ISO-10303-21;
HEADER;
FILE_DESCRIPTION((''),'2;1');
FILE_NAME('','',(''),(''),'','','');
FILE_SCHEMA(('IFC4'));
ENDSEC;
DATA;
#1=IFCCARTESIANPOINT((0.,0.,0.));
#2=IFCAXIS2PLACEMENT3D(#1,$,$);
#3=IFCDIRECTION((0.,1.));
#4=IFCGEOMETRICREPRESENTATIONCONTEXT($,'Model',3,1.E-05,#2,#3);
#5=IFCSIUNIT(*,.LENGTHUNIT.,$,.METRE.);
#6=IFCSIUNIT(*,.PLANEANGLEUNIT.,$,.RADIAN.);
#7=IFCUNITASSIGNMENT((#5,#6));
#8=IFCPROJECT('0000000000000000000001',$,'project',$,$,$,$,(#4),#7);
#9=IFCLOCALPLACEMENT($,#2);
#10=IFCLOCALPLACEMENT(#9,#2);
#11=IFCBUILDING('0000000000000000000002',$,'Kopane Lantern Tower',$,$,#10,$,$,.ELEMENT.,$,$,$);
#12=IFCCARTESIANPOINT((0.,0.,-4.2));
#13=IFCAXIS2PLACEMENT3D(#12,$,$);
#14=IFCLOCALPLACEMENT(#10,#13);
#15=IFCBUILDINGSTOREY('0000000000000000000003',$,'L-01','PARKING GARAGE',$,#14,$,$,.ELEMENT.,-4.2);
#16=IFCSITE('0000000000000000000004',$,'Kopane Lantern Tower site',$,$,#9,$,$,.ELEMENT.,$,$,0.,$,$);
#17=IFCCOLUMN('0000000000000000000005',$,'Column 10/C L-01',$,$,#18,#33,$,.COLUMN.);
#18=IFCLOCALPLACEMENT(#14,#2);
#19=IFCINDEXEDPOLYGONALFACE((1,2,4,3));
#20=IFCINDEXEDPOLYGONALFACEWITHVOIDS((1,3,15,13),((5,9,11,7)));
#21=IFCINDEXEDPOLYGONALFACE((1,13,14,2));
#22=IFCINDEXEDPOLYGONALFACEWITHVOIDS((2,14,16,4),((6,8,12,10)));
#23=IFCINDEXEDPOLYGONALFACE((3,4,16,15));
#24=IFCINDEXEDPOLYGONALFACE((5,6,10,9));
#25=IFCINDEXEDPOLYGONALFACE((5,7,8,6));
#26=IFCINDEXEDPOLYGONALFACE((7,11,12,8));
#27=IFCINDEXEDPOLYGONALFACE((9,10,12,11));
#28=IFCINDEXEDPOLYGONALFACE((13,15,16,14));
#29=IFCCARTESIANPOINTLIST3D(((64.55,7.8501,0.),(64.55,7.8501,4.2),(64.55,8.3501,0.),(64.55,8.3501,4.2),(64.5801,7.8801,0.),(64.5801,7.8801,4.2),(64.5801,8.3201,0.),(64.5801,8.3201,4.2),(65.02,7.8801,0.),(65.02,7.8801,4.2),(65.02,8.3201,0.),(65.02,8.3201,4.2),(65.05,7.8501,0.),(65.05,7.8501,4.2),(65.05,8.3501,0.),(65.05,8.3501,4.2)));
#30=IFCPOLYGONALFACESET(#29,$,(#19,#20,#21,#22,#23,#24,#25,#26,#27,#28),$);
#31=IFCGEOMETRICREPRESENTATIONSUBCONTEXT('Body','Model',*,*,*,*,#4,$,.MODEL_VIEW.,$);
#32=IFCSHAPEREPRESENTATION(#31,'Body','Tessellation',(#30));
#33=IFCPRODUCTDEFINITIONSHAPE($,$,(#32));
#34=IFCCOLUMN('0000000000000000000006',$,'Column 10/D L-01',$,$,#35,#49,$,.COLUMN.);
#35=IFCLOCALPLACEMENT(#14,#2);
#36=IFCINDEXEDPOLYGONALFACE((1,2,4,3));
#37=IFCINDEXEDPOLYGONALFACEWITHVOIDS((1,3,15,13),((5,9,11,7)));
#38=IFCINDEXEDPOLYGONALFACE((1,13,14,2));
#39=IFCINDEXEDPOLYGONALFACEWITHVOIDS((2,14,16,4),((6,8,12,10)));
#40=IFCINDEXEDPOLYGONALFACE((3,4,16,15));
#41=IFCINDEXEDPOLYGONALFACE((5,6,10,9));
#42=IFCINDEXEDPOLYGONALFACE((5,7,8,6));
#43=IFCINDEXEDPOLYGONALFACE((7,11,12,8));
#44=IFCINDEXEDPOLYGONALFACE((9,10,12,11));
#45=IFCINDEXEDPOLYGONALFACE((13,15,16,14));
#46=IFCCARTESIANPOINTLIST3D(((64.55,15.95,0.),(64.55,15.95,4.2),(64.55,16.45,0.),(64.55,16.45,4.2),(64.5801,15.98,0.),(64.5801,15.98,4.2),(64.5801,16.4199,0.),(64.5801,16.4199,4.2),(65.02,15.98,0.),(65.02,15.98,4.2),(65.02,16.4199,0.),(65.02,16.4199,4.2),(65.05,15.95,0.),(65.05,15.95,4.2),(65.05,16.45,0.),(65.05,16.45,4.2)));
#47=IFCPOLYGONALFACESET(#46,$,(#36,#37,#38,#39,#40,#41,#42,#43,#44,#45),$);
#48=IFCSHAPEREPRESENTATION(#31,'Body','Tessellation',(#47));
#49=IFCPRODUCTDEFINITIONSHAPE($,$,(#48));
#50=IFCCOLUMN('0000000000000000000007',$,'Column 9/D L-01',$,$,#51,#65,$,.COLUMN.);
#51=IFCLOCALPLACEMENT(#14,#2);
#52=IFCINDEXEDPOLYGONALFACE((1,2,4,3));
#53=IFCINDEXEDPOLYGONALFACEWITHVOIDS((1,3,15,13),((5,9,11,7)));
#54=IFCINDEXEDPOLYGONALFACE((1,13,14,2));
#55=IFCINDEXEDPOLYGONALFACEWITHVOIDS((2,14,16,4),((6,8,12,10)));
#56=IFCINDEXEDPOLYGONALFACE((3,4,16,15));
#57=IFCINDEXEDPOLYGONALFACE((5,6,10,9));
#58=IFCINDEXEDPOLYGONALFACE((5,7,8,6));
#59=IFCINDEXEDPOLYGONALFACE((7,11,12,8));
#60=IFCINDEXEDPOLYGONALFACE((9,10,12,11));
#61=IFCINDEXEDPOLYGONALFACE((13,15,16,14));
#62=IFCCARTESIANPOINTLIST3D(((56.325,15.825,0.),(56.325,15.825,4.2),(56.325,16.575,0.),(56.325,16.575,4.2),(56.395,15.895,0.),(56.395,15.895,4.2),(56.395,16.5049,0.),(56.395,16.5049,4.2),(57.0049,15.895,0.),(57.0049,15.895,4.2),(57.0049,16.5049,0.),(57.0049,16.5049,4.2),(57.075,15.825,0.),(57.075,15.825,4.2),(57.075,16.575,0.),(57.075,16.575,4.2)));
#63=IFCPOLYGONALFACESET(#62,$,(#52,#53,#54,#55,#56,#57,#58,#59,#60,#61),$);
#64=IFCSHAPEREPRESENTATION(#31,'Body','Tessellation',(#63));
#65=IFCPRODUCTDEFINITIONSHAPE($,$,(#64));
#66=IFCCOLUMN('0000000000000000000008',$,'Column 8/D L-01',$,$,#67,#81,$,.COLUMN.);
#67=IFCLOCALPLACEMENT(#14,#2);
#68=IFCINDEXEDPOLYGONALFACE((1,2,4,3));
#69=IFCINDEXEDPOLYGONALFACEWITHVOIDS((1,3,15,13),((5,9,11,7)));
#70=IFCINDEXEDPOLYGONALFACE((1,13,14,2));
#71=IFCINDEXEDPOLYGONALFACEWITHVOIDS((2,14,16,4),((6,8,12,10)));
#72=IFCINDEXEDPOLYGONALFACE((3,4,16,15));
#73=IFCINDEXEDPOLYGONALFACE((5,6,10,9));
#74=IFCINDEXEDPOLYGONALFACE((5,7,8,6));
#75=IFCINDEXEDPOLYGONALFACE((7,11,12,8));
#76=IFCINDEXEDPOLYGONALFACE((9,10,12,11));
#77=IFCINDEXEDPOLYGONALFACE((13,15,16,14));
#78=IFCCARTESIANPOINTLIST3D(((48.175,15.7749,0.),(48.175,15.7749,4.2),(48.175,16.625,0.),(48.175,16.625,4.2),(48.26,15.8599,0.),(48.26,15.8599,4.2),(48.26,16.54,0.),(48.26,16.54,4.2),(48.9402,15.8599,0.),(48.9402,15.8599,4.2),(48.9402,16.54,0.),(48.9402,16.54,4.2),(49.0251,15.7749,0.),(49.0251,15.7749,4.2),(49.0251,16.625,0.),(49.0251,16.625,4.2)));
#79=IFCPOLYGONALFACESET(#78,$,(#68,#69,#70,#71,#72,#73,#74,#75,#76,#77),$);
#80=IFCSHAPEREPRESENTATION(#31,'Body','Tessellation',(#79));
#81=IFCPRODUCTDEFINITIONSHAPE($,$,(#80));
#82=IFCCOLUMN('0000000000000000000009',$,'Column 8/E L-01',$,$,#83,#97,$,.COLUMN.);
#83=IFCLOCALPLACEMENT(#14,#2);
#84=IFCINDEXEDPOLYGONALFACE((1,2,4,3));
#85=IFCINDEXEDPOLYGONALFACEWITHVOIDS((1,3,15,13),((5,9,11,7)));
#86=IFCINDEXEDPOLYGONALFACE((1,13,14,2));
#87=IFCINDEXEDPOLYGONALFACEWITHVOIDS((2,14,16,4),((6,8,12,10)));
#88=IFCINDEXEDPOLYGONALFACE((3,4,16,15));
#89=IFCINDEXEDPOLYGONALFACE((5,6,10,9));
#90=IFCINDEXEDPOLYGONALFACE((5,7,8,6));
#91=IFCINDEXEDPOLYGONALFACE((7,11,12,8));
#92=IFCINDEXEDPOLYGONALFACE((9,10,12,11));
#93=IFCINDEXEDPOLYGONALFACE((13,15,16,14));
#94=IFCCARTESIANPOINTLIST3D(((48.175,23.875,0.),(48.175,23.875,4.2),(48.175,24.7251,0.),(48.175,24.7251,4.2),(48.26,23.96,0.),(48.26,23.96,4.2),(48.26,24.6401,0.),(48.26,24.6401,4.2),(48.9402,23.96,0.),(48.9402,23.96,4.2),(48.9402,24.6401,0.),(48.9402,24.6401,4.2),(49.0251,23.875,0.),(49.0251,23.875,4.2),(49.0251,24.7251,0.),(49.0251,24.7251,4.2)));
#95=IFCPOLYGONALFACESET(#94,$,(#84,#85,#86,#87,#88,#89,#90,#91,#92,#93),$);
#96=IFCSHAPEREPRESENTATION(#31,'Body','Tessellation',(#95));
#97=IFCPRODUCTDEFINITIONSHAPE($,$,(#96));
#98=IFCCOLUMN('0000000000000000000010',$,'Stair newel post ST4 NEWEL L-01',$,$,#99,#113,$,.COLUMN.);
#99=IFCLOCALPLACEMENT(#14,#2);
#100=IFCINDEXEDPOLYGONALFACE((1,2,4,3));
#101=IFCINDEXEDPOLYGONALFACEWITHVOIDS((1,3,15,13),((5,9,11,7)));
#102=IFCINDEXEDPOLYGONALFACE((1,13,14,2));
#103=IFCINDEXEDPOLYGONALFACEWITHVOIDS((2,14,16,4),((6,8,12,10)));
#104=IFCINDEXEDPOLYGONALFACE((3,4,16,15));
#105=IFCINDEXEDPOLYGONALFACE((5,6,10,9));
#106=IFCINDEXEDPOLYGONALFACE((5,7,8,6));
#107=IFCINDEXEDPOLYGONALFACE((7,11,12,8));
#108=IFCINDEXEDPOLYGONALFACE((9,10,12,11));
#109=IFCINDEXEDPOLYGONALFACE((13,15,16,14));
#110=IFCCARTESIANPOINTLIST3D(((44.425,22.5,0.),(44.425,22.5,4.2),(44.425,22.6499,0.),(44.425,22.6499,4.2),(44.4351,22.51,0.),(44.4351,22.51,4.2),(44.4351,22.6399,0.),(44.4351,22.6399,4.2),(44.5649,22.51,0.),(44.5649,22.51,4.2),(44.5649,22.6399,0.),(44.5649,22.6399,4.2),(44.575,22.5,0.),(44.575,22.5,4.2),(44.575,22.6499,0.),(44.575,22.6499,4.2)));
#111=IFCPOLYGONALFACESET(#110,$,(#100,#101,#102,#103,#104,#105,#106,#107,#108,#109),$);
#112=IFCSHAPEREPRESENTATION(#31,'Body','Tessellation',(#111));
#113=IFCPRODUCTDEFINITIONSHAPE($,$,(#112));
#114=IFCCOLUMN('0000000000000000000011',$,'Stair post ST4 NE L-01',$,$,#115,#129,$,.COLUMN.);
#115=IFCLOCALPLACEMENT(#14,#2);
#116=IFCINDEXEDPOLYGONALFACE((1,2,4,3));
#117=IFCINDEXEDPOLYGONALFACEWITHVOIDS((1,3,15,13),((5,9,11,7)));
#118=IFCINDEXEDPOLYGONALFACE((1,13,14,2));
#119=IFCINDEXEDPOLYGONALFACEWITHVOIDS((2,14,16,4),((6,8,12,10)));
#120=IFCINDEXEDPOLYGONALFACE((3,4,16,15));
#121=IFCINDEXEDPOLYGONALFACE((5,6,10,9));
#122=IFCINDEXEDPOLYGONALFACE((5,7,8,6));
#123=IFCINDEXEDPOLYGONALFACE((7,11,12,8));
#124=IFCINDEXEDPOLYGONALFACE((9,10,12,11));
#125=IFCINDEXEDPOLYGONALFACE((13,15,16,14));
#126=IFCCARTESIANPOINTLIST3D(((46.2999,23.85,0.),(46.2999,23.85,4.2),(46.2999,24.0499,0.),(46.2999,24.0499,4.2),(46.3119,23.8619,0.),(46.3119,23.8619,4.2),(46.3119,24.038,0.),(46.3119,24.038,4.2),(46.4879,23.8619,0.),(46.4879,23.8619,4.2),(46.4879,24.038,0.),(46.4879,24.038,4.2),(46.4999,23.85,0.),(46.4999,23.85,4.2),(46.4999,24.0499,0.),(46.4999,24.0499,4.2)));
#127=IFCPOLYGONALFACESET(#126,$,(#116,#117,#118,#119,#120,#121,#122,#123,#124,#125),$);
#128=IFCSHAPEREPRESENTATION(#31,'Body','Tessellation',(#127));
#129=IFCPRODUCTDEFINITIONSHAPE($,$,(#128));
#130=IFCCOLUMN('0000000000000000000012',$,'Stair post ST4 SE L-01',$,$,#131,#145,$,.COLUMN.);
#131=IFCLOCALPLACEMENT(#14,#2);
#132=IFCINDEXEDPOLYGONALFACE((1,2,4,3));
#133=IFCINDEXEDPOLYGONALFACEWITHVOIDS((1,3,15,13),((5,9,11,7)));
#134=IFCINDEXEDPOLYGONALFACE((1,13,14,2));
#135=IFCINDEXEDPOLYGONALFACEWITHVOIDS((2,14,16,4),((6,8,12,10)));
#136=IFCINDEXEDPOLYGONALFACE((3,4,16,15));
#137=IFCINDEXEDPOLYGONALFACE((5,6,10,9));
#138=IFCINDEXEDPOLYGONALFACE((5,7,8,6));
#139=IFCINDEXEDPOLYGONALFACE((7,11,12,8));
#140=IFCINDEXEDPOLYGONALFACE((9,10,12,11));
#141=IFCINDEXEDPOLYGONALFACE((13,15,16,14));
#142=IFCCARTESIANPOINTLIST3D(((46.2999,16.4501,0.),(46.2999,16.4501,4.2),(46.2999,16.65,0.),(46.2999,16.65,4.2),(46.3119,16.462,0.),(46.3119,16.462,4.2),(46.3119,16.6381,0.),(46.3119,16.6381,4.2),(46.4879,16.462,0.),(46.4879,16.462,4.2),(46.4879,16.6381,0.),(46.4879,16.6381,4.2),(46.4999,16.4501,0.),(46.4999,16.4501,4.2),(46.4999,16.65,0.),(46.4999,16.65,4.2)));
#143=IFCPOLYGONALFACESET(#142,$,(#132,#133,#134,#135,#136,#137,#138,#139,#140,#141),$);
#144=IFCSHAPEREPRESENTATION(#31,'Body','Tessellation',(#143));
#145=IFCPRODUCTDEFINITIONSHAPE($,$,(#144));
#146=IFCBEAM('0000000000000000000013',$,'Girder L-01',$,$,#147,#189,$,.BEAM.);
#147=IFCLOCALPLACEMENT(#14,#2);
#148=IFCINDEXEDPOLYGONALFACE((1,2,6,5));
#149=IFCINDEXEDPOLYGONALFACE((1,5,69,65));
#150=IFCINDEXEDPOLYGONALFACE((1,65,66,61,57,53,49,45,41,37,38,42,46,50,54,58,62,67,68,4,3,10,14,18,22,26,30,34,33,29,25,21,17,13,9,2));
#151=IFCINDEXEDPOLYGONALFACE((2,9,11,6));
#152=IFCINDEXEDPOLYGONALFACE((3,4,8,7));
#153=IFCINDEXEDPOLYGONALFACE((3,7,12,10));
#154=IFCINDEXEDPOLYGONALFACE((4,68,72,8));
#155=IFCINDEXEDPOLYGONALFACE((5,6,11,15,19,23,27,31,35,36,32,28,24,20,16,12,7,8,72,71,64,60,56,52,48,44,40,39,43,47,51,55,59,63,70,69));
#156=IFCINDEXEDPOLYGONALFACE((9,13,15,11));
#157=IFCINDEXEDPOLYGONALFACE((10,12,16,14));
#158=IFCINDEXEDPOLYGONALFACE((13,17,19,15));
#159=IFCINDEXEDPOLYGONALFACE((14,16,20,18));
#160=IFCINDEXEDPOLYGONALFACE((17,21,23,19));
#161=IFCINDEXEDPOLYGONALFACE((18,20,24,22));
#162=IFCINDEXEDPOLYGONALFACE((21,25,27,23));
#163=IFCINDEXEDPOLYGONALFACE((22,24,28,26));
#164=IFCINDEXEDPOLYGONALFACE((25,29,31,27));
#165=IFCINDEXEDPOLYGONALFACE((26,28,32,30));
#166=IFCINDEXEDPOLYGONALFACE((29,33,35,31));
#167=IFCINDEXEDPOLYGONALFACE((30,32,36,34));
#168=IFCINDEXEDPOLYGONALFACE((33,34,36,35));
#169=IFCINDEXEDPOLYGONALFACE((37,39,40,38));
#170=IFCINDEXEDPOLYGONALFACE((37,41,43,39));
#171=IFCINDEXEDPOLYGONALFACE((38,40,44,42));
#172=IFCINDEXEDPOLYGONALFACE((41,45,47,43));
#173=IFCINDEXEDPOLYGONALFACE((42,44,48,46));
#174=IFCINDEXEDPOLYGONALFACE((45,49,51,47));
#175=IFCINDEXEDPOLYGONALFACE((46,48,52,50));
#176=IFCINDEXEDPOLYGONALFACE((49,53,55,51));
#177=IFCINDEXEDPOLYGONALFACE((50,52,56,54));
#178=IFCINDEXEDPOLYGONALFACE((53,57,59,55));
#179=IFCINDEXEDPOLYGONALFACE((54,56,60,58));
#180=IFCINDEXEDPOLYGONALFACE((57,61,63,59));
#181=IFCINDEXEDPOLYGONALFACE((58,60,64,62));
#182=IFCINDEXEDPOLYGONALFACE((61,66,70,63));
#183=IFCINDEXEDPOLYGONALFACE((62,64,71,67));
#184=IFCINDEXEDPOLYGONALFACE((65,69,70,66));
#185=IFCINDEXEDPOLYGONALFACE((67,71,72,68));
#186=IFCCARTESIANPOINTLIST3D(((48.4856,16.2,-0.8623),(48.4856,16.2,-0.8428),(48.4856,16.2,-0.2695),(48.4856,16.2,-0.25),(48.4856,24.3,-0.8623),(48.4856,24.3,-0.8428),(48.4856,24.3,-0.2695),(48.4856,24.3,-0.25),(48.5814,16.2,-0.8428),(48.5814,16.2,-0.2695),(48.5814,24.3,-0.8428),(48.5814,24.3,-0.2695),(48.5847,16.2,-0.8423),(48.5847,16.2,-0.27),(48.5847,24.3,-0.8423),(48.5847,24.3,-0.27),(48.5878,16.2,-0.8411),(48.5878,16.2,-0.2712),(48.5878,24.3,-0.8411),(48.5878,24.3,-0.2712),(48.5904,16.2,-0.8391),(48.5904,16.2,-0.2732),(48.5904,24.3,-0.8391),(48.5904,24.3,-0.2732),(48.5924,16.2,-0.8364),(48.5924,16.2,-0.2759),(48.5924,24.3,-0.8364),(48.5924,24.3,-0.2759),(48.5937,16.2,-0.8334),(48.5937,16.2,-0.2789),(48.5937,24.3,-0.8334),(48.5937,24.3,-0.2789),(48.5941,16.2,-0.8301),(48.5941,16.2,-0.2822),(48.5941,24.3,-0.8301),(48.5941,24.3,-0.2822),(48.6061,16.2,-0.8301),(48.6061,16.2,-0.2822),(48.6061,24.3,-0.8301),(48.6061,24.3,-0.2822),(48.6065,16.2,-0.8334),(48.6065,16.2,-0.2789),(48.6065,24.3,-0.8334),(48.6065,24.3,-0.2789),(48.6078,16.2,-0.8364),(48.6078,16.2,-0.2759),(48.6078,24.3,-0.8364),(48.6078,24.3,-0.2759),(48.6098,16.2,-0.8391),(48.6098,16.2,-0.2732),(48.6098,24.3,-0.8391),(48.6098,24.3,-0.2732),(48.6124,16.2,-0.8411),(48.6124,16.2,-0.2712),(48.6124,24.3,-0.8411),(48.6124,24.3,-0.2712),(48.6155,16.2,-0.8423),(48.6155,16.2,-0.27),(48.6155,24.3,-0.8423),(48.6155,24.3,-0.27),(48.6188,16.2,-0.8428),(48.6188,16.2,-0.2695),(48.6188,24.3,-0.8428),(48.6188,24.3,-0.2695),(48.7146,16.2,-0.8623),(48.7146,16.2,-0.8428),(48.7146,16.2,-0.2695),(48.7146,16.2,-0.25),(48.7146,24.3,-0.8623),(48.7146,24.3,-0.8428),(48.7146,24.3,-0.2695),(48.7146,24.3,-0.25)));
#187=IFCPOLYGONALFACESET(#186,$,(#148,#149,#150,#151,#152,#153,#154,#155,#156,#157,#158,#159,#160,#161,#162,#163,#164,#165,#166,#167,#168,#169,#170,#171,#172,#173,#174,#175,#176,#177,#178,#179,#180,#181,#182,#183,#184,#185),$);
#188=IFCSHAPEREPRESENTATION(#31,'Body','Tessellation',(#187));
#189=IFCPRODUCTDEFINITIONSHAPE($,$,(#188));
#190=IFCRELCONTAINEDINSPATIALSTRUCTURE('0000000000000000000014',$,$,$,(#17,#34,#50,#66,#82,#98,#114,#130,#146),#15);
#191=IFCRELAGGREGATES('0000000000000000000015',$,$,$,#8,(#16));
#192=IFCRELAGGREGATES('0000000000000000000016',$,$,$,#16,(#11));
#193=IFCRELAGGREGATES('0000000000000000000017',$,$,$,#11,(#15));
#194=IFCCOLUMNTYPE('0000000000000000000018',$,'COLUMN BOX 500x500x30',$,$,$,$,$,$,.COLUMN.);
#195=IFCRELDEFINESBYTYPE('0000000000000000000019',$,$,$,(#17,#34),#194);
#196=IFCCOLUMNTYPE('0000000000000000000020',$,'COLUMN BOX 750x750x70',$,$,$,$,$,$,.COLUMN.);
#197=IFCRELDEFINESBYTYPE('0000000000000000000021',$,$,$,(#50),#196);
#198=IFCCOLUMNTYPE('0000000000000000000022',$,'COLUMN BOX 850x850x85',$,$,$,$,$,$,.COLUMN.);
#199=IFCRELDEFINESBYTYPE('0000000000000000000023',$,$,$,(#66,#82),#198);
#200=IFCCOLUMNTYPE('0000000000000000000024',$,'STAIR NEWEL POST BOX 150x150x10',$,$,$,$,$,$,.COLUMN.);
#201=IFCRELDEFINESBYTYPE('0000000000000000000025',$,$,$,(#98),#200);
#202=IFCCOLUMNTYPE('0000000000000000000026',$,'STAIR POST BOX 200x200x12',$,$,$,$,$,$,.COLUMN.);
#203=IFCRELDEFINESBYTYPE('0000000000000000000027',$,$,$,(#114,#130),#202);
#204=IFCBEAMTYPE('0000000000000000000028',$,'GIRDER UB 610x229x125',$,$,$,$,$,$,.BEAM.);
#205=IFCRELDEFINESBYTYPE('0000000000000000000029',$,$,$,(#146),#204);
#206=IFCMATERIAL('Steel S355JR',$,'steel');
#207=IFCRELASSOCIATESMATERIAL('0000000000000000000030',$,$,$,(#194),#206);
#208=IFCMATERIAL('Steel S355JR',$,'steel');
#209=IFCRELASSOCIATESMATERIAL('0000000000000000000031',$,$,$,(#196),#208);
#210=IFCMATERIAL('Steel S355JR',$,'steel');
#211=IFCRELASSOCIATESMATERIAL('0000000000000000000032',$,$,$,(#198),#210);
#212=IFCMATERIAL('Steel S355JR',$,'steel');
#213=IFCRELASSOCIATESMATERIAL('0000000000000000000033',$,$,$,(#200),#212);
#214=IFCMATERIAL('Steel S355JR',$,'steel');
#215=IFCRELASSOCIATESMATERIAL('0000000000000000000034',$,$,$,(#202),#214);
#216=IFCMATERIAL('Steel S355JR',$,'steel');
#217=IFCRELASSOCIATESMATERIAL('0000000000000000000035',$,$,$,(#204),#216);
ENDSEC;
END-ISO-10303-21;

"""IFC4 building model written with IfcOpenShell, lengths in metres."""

from ifc_helpers import new_model, si_unit, direction, frame, origin, origin_2d, place, context, subcontext, project, spatial, hollow_rectangle, i_section, extrude, material, material_profile, profile_set, type_object, element, save


model = new_model("IFC4")

# Units and contexts
model_context = context("Model", 3, precision=1e-05, world=origin(), true_north=direction((0.0, 1.0)))
body_context = subcontext(model_context, "Body", "Model", "MODEL_VIEW")
ifc_project = project(units=[si_unit("LENGTHUNIT", "METRE"), si_unit("PLANEANGLEUNIT", "RADIAN")], contexts=[model_context])

# Site, building, storey
site_placement = place(None, origin())
site = spatial("IfcSite", under=ifc_project, at=site_placement, Name="Kopane Lantern Tower site", CompositionType="ELEMENT", RefElevation=0.0)
building_placement = place(site_placement, origin())
building = spatial("IfcBuilding", under=site, at=building_placement, Name="Kopane Lantern Tower", CompositionType="ELEMENT")
storey_placement = place(building_placement, frame((0.0, 0.0, -4.2)))
storey = spatial("IfcBuildingStorey", under=building, at=storey_placement, Name="L-01", Description="PARKING GARAGE", CompositionType="ELEMENT", Elevation=-4.2)

# Columns
ifc_material_1 = material(Name="Steel S355JR", Category="steel")
ifc_material_profile_1 = material_profile(ifc_material_1, hollow_rectangle(XDim=0.5, YDim=0.5, WallThickness=0.03, at=origin_2d()), Name="BOX 500x500x30")
ifc_profile_set_1 = profile_set([ifc_material_profile_1], Name="Steel S355JR")
column_type_1 = type_object("IfcColumnType", Name="COLUMN BOX 500x500x30", PredefinedType="COLUMN", material=ifc_profile_set_1)
for number, where, z_axis, x_axis, name in (
    (1, (64.8, 8.1001, 0.0), (0.0, 0.0, 1.0), (1.0, 0.0, 0.0), "Column 10/C L-01"),
    (2, (64.8, 16.2, 0.0), (0.0, 0.0, 1.0), (1.0, 0.0, 0.0), "Column 10/D L-01"),
):
    element("IfcColumn", number, at=place(storey_placement, frame(where, z_axis=z_axis, x_axis=x_axis)), inside=storey, type_object=column_type_1, Name=name, PredefinedType="COLUMN", context=body_context, shape_type="SweptSolid", body=[
        extrude(hollow_rectangle(XDim=0.5, YDim=0.5, WallThickness=0.03, at=origin_2d()), origin(), (0.0, 0.0, 1.0), 4.2),
    ])
ifc_material_2 = material(Name="Steel S355JR", Category="steel")
ifc_material_profile_2 = material_profile(ifc_material_2, hollow_rectangle(XDim=0.75, YDim=0.75, WallThickness=0.0701, at=origin_2d()), Name="BOX 750x750x70")
ifc_profile_set_2 = profile_set([ifc_material_profile_2], Name="Steel S355JR")
column_type_2 = type_object("IfcColumnType", Name="COLUMN BOX 750x750x70", PredefinedType="COLUMN", material=ifc_profile_set_2)
column_1_placement = place(storey_placement, frame((56.7, 16.2, 0.0), z_axis=(0.0, 0.0, 1.0), x_axis=(1.0, 0.0, 0.0)))
element("IfcColumn", 3, at=column_1_placement, inside=storey, type_object=column_type_2, Name="Column 9/D L-01", PredefinedType="COLUMN", context=body_context, shape_type="SweptSolid", body=[
    extrude(hollow_rectangle(XDim=0.75, YDim=0.75, WallThickness=0.0701, at=origin_2d()), origin(), (0.0, 0.0, 1.0), 4.2),
])
ifc_material_3 = material(Name="Steel S355JR", Category="steel")
ifc_material_profile_3 = material_profile(ifc_material_3, hollow_rectangle(XDim=0.8501, YDim=0.8501, WallThickness=0.085, at=origin_2d()), Name="BOX 850x850x85")
ifc_profile_set_3 = profile_set([ifc_material_profile_3], Name="Steel S355JR")
column_type_3 = type_object("IfcColumnType", Name="COLUMN BOX 850x850x85", PredefinedType="COLUMN", material=ifc_profile_set_3)
for number, where, z_axis, x_axis, name in (
    (4, (48.6001, 16.2, 0.0), (0.0, 0.0, 1.0), (1.0, 0.0, 0.0), "Column 8/D L-01"),
    (5, (48.6001, 24.3, 0.0), (0.0, 0.0, 1.0), (1.0, 0.0, 0.0), "Column 8/E L-01"),
):
    element("IfcColumn", number, at=place(storey_placement, frame(where, z_axis=z_axis, x_axis=x_axis)), inside=storey, type_object=column_type_3, Name=name, PredefinedType="COLUMN", context=body_context, shape_type="SweptSolid", body=[
        extrude(hollow_rectangle(XDim=0.8501, YDim=0.8501, WallThickness=0.085, at=origin_2d()), origin(), (0.0, 0.0, 1.0), 4.2),
    ])
ifc_material_4 = material(Name="Steel S355JR", Category="steel")
ifc_material_profile_4 = material_profile(ifc_material_4, hollow_rectangle(XDim=0.1499, YDim=0.1499, WallThickness=0.01, at=origin_2d()), Name="BOX 150x150x10")
ifc_profile_set_4 = profile_set([ifc_material_profile_4], Name="Steel S355JR")
column_type_4 = type_object("IfcColumnType", Name="STAIR NEWEL POST BOX 150x150x10", PredefinedType="COLUMN", material=ifc_profile_set_4)
column_2_placement = place(storey_placement, frame((44.5, 22.575, 0.0), z_axis=(0.0, 0.0, 1.0), x_axis=(1.0, 0.0, 0.0)))
element("IfcColumn", 6, at=column_2_placement, inside=storey, type_object=column_type_4, Name="Stair newel post ST4 NEWEL L-01", PredefinedType="COLUMN", context=body_context, shape_type="SweptSolid", body=[
    extrude(hollow_rectangle(XDim=0.1499, YDim=0.1499, WallThickness=0.01, at=origin_2d()), origin(), (0.0, 0.0, 1.0), 4.2),
])
ifc_material_5 = material(Name="Steel S355JR", Category="steel")
ifc_material_profile_5 = material_profile(ifc_material_5, hollow_rectangle(XDim=0.2, YDim=0.2, WallThickness=0.012, at=origin_2d()), Name="BOX 200x200x12")
ifc_profile_set_5 = profile_set([ifc_material_profile_5], Name="Steel S355JR")
column_type_5 = type_object("IfcColumnType", Name="STAIR POST BOX 200x200x12", PredefinedType="COLUMN", material=ifc_profile_set_5)
for number, where, z_axis, x_axis, name in (
    (7, (46.3999, 23.95, 0.0), (0.0, 0.0, 1.0), (1.0, 0.0, 0.0), "Stair post ST4 NE L-01"),
    (8, (46.3999, 16.55, 0.0), (0.0, 0.0, 1.0), (1.0, 0.0, 0.0), "Stair post ST4 SE L-01"),
):
    element("IfcColumn", number, at=place(storey_placement, frame(where, z_axis=z_axis, x_axis=x_axis)), inside=storey, type_object=column_type_5, Name=name, PredefinedType="COLUMN", context=body_context, shape_type="SweptSolid", body=[
        extrude(hollow_rectangle(XDim=0.2, YDim=0.2, WallThickness=0.012, at=origin_2d()), origin(), (0.0, 0.0, 1.0), 4.2),
    ])

# Beam
ifc_material_6 = material(Name="Steel S355JR", Category="steel")
ifc_material_profile_6 = material_profile(ifc_material_6, i_section(OverallWidth=0.229, OverallDepth=0.6123, WebThickness=0.012, FlangeThickness=0.0195, FilletRadius=0.0127, at=origin_2d()), Name="UB 610x229x125")
ifc_profile_set_6 = profile_set([ifc_material_profile_6], Name="Steel S355JR")
beam_type = type_object("IfcBeamType", Name="GIRDER UB 610x229x125", PredefinedType="BEAM", material=ifc_profile_set_6)
beam_1_placement = place(storey_placement, frame((48.6001, 16.2, -0.5562), z_axis=(0.0, 1.0, 0.0), x_axis=(-1.0, 0.0, 0.0)))
element("IfcBeam", 9, at=beam_1_placement, inside=storey, type_object=beam_type, Name="Girder L-01", PredefinedType="BEAM", context=body_context, shape_type="SweptSolid", body=[
    extrude(i_section(OverallWidth=0.229, OverallDepth=0.6123, WebThickness=0.012, FlangeThickness=0.0195, FilletRadius=0.0127, at=origin_2d()), origin(), (0.0, 0.0, 1.0), 8.1001),
])

save(model, "model.ifc")
